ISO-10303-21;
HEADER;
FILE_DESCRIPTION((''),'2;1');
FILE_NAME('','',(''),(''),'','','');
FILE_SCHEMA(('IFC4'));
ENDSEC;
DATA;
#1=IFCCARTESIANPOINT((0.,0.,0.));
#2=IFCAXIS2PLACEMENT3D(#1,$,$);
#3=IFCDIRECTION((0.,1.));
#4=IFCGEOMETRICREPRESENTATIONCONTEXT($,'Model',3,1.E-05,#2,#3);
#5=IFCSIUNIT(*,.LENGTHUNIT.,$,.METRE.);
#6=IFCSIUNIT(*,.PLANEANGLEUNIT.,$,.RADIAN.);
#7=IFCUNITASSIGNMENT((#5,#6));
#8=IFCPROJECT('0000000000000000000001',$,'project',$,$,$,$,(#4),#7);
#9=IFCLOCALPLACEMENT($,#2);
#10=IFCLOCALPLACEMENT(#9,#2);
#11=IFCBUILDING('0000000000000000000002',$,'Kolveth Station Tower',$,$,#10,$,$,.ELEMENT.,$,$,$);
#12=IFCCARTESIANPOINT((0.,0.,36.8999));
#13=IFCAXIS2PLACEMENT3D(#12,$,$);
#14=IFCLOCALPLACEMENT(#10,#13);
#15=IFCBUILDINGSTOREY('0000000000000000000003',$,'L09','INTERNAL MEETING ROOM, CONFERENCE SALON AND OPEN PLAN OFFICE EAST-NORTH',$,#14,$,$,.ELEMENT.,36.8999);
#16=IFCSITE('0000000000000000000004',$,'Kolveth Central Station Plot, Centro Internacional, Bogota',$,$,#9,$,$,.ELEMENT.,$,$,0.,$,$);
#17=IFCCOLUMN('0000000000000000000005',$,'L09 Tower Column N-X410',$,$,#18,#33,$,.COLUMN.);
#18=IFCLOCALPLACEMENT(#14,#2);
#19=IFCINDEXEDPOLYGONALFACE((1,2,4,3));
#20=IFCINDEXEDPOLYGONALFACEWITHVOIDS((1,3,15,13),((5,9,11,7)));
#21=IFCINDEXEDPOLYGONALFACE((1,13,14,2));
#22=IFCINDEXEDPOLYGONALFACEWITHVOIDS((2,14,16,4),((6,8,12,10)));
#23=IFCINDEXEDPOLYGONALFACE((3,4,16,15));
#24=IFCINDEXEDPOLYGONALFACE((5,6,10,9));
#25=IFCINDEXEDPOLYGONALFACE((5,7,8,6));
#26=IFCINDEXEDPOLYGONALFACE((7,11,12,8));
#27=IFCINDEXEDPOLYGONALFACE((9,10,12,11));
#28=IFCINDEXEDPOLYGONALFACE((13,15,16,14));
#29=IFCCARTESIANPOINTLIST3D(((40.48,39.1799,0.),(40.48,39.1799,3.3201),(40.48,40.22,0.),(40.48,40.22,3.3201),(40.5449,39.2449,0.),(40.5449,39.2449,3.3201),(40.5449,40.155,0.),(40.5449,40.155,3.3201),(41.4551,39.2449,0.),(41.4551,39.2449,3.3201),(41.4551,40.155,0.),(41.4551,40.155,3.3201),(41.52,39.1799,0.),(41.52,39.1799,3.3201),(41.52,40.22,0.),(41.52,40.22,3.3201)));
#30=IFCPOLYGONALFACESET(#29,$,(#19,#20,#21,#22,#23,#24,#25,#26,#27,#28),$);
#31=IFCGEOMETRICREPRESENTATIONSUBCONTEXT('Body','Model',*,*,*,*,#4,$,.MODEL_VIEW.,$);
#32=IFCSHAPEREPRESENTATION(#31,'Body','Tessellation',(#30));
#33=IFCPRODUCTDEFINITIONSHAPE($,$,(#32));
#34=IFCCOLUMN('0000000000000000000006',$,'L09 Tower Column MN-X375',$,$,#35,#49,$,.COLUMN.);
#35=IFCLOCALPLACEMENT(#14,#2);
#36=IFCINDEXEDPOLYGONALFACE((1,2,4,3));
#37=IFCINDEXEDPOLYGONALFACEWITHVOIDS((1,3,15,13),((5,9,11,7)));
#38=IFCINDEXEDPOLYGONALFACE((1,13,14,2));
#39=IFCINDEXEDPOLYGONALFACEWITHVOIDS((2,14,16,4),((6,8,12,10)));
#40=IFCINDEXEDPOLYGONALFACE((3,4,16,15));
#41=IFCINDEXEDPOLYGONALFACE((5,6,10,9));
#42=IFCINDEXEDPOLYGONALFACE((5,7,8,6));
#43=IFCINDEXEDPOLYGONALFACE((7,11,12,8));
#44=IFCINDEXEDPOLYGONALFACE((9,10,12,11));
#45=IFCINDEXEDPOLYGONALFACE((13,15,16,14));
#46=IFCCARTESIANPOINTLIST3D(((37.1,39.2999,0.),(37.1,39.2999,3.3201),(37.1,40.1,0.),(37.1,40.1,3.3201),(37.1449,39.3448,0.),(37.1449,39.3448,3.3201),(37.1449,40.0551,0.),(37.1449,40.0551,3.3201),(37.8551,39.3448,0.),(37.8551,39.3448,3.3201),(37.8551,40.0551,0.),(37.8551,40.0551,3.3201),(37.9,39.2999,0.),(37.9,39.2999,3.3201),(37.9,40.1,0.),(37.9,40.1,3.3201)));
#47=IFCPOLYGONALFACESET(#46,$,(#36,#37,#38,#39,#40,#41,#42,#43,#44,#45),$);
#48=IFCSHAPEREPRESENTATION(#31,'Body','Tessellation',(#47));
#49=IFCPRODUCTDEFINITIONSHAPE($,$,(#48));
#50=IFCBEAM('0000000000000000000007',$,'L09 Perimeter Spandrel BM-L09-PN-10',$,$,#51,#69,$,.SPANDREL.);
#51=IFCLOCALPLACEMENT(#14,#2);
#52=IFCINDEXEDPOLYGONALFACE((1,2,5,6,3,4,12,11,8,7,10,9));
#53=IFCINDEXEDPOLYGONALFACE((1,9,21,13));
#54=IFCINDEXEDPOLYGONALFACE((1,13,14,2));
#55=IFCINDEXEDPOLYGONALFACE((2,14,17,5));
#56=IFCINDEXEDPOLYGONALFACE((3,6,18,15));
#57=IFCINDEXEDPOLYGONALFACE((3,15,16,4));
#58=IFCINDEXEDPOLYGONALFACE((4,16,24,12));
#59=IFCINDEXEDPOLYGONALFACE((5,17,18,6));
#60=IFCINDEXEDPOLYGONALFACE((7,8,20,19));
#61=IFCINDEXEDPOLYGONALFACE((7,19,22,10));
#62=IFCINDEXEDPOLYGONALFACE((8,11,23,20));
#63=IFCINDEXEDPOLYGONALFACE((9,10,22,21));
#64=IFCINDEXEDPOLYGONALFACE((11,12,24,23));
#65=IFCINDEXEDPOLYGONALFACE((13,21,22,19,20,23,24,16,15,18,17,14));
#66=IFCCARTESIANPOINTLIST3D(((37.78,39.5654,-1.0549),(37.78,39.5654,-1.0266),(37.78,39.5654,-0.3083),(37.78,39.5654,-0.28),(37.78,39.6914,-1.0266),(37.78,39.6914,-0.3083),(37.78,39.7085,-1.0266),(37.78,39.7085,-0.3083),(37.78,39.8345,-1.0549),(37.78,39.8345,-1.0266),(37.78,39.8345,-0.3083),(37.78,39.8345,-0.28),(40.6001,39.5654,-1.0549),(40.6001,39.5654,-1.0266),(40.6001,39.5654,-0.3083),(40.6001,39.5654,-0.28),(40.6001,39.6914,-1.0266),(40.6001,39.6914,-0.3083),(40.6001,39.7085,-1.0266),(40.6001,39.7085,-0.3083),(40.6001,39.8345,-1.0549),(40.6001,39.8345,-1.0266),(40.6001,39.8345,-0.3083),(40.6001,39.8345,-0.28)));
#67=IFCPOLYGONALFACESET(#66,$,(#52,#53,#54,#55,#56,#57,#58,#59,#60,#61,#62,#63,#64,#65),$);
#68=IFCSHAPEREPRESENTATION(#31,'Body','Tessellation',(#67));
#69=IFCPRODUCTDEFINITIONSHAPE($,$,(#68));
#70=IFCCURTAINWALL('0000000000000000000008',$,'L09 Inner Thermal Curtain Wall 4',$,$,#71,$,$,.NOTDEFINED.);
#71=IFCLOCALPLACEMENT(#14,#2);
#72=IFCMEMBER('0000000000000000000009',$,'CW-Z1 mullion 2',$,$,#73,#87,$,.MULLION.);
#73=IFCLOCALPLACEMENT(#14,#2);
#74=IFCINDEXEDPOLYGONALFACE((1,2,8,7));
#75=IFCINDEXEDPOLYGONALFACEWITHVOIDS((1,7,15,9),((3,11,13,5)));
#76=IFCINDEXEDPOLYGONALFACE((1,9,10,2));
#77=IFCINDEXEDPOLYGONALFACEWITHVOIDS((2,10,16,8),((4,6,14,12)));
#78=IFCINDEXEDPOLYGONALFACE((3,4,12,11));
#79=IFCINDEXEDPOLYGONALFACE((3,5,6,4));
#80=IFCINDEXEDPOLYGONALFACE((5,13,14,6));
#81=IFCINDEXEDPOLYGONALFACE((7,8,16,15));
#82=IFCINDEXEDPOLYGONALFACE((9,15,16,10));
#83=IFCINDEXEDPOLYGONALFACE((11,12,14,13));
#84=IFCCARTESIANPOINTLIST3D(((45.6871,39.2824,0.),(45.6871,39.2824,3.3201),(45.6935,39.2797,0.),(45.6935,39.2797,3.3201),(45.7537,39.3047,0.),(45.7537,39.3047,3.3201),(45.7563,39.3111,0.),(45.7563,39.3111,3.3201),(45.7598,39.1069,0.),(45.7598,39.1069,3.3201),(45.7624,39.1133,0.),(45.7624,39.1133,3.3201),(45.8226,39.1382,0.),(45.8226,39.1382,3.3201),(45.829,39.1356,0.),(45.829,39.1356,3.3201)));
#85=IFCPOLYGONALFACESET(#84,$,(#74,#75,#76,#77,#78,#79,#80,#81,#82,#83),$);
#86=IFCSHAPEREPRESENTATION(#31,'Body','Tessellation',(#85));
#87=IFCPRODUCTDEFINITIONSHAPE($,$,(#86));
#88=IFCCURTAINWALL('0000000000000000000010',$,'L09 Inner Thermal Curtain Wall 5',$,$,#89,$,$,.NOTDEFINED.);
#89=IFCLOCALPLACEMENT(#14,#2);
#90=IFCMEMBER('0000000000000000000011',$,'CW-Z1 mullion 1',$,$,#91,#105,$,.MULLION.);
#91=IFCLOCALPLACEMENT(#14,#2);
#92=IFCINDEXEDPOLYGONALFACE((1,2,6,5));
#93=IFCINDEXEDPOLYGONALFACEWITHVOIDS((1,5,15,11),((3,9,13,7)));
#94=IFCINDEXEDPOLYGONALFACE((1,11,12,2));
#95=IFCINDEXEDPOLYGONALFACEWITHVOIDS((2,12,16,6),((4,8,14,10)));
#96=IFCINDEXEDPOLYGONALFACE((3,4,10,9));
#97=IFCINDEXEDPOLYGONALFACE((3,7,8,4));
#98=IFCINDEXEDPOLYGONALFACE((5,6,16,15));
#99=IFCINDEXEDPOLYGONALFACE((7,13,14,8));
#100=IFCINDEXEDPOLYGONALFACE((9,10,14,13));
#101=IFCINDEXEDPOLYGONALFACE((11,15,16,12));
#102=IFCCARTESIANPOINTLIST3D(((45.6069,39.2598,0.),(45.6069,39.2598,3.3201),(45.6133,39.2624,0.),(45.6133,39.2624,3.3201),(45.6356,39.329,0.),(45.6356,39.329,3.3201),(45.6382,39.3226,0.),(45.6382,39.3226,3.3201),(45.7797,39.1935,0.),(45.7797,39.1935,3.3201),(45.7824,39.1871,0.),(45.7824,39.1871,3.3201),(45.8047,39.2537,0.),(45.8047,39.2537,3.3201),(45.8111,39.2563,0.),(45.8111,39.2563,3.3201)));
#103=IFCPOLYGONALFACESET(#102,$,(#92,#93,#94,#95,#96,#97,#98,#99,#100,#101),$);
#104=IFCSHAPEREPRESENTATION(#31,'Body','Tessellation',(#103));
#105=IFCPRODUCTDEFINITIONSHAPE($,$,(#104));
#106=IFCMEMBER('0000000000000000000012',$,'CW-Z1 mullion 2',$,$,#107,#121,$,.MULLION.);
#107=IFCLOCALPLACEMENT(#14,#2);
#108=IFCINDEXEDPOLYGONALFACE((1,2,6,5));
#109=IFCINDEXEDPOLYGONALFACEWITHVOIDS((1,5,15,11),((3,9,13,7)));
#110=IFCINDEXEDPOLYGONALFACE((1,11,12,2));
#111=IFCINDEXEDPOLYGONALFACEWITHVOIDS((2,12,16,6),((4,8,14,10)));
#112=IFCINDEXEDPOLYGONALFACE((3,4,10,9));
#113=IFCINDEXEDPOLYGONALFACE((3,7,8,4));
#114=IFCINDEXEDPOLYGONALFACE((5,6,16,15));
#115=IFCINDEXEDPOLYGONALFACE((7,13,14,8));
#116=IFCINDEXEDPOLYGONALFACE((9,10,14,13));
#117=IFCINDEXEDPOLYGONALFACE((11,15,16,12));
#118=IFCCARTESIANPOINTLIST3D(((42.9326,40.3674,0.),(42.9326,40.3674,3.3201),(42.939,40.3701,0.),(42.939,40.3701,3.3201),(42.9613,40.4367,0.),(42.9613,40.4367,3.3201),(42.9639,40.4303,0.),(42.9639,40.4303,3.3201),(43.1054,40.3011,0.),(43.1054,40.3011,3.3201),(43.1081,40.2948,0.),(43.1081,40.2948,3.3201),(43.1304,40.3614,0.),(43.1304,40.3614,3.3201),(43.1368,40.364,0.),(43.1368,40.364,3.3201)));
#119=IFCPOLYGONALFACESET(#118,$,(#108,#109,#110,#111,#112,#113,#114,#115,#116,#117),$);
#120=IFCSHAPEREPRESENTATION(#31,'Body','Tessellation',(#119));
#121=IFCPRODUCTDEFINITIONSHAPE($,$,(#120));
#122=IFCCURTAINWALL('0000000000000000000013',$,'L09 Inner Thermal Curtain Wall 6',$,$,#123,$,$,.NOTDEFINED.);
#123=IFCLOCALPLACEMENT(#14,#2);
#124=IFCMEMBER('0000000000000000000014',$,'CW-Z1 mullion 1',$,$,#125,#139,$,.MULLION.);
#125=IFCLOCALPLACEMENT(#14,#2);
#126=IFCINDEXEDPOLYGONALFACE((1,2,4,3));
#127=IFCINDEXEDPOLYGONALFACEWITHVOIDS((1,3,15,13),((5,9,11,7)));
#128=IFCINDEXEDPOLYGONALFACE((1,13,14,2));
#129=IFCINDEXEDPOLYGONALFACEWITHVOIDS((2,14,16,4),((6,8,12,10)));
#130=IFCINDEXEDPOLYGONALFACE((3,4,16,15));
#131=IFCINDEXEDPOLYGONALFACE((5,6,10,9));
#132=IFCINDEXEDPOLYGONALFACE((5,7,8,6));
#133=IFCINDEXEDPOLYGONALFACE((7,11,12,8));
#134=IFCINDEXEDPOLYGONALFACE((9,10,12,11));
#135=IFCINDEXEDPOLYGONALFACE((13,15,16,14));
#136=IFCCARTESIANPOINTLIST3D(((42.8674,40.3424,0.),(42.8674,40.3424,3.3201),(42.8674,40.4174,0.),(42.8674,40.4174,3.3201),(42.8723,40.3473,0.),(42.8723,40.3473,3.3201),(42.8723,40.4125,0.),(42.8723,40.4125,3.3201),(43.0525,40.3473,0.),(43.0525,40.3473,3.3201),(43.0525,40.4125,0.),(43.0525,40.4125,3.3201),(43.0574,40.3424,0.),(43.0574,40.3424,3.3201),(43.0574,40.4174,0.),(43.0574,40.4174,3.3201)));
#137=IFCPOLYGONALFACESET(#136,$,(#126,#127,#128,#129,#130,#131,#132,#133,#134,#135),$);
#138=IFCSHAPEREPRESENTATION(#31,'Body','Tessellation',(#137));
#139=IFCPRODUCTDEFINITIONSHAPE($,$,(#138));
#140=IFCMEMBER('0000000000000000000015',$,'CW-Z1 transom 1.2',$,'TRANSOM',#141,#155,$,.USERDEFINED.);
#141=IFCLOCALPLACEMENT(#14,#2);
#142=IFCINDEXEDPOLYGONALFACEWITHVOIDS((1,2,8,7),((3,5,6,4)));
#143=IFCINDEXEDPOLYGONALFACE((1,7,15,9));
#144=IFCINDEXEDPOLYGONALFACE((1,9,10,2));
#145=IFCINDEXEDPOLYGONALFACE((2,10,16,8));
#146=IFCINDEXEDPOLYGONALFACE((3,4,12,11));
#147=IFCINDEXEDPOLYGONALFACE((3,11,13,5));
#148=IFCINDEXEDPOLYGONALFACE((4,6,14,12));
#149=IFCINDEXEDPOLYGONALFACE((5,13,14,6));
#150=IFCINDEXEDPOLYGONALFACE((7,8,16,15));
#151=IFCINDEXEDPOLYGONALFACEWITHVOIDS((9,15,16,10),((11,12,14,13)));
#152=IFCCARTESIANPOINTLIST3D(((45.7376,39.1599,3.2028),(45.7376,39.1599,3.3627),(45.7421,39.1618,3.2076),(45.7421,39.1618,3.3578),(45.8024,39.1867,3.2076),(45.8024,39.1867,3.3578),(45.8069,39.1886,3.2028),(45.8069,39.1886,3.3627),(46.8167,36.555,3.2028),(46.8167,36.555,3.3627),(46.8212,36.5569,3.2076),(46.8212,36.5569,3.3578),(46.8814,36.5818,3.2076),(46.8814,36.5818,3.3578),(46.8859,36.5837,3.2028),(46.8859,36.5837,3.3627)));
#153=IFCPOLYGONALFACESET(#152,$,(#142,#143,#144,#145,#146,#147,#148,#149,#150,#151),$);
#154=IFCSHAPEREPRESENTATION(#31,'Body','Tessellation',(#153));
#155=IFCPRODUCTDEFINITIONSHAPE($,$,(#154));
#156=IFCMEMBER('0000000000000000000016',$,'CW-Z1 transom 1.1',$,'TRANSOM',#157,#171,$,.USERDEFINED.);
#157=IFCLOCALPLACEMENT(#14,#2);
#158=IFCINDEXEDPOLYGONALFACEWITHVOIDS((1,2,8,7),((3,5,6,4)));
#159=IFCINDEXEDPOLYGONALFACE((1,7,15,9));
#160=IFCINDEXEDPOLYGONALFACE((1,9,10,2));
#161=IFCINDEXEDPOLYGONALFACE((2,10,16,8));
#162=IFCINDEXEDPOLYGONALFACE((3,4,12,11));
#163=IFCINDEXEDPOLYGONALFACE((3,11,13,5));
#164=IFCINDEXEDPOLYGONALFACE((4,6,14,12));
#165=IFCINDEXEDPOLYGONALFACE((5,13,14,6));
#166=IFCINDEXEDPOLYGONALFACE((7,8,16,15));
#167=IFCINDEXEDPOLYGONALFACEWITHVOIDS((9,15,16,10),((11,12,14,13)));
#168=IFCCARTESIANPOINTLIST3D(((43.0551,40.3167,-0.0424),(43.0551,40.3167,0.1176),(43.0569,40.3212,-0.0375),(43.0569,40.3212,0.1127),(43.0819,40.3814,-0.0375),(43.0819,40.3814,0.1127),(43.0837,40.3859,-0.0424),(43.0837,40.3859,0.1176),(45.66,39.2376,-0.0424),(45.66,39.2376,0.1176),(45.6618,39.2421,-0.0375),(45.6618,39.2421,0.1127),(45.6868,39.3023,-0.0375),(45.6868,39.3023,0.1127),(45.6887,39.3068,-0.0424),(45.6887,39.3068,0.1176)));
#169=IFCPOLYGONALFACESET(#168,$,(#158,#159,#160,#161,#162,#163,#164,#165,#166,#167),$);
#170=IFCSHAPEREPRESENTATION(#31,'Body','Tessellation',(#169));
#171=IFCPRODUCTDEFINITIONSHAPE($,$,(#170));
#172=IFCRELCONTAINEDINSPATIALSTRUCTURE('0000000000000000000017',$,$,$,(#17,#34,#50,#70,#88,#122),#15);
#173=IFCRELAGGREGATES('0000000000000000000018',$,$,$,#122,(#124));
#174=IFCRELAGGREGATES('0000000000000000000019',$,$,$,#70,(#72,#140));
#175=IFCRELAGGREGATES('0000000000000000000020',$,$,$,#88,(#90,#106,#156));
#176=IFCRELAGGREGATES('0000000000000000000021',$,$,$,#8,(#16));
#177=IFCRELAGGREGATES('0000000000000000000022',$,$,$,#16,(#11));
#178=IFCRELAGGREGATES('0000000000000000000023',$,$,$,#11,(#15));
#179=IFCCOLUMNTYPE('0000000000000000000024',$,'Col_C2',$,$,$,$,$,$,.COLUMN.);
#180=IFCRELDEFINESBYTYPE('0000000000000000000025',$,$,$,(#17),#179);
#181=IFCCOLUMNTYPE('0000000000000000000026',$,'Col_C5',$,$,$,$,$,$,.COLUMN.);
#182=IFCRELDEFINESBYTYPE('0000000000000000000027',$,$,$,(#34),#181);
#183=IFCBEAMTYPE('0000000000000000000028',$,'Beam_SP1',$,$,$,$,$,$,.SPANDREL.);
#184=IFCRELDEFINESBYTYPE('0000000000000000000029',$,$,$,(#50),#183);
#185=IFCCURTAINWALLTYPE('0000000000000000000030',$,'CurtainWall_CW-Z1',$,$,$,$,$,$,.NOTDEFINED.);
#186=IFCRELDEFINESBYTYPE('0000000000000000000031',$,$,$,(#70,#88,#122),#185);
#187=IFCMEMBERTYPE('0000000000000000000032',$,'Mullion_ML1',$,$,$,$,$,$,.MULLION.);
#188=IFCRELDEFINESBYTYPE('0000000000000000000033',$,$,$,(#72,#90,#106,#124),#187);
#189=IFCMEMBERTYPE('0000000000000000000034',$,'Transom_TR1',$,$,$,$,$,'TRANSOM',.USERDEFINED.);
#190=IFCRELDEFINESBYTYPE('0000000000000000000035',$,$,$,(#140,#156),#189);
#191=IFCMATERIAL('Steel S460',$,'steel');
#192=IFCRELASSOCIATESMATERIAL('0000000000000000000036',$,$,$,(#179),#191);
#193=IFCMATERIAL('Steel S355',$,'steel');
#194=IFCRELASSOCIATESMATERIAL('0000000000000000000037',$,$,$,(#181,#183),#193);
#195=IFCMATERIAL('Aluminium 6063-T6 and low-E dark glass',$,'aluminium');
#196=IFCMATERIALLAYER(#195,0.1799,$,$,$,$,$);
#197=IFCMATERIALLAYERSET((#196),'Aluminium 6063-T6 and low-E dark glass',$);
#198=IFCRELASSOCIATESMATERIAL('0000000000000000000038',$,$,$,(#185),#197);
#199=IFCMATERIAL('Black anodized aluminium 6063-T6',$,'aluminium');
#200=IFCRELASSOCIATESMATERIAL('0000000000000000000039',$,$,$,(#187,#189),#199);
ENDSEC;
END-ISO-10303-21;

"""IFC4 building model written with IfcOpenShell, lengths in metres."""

from ifc_helpers import new_model, si_unit, direction, frame, origin, origin_2d, place, context, subcontext, project, spatial, hollow_rectangle, i_section, extrude, source, transform, mapped, material, layer, layer_set, material_profile, profile_set, type_object, element, aggregate, save


model = new_model("IFC4")

# Units and contexts
model_context = context("Model", 3, precision=1e-05, world=origin(), true_north=direction((0.0, 1.0)))
body_context = subcontext(model_context, "Body", "Model", "MODEL_VIEW")
ifc_project = project(units=[si_unit("LENGTHUNIT", "METRE"), si_unit("PLANEANGLEUNIT", "RADIAN")], contexts=[model_context])

# Site, building, storey
site_placement = place(None, origin())
site = spatial("IfcSite", under=ifc_project, at=site_placement, Name="Kolveth Central Station Plot, Centro Internacional, Bogota", CompositionType="ELEMENT", RefElevation=0.0)
building_placement = place(site_placement, origin())
building = spatial("IfcBuilding", under=site, at=building_placement, Name="Kolveth Station Tower", CompositionType="ELEMENT")
storey_placement = place(building_placement, frame((0.0, 0.0, 36.8999)))
storey = spatial("IfcBuildingStorey", under=building, at=storey_placement, Name="L09", Description="INTERNAL MEETING ROOM, CONFERENCE SALON AND OPEN PLAN OFFICE EAST-NORTH", CompositionType="ELEMENT", Elevation=36.8999)

# Columns
ifc_material_1 = material(Name="Steel S460", Category="steel")
ifc_material_profile_1 = material_profile(ifc_material_1, hollow_rectangle(XDim=1.04, YDim=1.04, WallThickness=0.0649, at=origin_2d()), Name="BOX1040x1040x65")
ifc_profile_set_1 = profile_set([ifc_material_profile_1], Name="Steel S460")
column_type_1 = type_object("IfcColumnType", Name="Col_C2", PredefinedType="COLUMN", material=ifc_profile_set_1)
shared_shape_1 = source(origin(), body_context, "Body", "SweptSolid", [
    extrude(hollow_rectangle(XDim=1.04, YDim=1.04, WallThickness=0.0649, at=origin_2d()), origin(), (0.0, 0.0, 1.0), 3.3201),
])
column_1_placement = place(storey_placement, frame((41.0, 39.7, 0.0), z_axis=(0.0, 0.0, 1.0), x_axis=(1.0, 0.0, 0.0)))
element("IfcColumn", 1, at=column_1_placement, inside=storey, type_object=column_type_1, Name="L09 Tower Column N-X410", PredefinedType="COLUMN", context=body_context, shape_type="MappedRepresentation", body=[
    mapped(shared_shape_1, transform((0.0, 0.0, 0.0), x_axis=(1.0, 0.0, 0.0), y_axis=(0.0, 1.0, 0.0), z_axis=(0.0, 0.0, 1.0), scale=1.0)),
])
ifc_material_2 = material(Name="Steel S355", Category="steel")
ifc_material_profile_2 = material_profile(ifc_material_2, hollow_rectangle(XDim=0.8, YDim=0.8, WallThickness=0.0449, at=origin_2d()), Name="BOX800x800x45")
ifc_profile_set_2 = profile_set([ifc_material_profile_2], Name="Steel S355")
column_type_2 = type_object("IfcColumnType", Name="Col_C5", PredefinedType="COLUMN", material=ifc_profile_set_2)
shared_shape_2 = source(origin(), body_context, "Body", "SweptSolid", [
    extrude(hollow_rectangle(XDim=0.8, YDim=0.8, WallThickness=0.0449, at=origin_2d()), origin(), (0.0, 0.0, 1.0), 3.3201),
])
column_2_placement = place(storey_placement, frame((37.5, 39.7, 0.0), z_axis=(0.0, 0.0, 1.0), x_axis=(1.0, 0.0, 0.0)))
element("IfcColumn", 2, at=column_2_placement, inside=storey, type_object=column_type_2, Name="L09 Tower Column MN-X375", PredefinedType="COLUMN", context=body_context, shape_type="MappedRepresentation", body=[
    mapped(shared_shape_2, transform((0.0, 0.0, 0.0), x_axis=(1.0, 0.0, 0.0), y_axis=(0.0, 1.0, 0.0), z_axis=(0.0, 0.0, 1.0), scale=1.0)),
])

# Beam
ifc_material_profile_3 = material_profile(ifc_material_2, i_section(OverallWidth=0.269, OverallDepth=0.7749, WebThickness=0.0171, FlangeThickness=0.0283, at=origin_2d()), Name="W760x220")
ifc_profile_set_3 = profile_set([ifc_material_profile_3], Name="Steel S355")
beam_type = type_object("IfcBeamType", Name="Beam_SP1", PredefinedType="SPANDREL", material=ifc_profile_set_3)
shared_shape_3 = source(origin(), body_context, "Body", "SweptSolid", [
    extrude(i_section(OverallWidth=0.269, OverallDepth=0.7749, WebThickness=0.0171, FlangeThickness=0.0283, at=origin_2d()), origin(), (0.0, 0.0, 1.0), 2.8201),
])
beam_placement = place(storey_placement, frame((37.78, 39.7, -0.6675), z_axis=(1.0, 0.0, 0.0), x_axis=(0.0, 1.0, 0.0)))
element("IfcBeam", 3, at=beam_placement, inside=storey, type_object=beam_type, Name="L09 Perimeter Spandrel BM-L09-PN-10", PredefinedType="SPANDREL", context=body_context, shape_type="MappedRepresentation", body=[
    mapped(shared_shape_3, transform((0.0, 0.0, 0.0), x_axis=(1.0, 0.0, 0.0), y_axis=(0.0, 1.0, 0.0), z_axis=(0.0, 0.0, 1.0), scale=1.0)),
])

# Curtain wall, member
ifc_material_3 = material(Name="Aluminium 6063-T6 and low-E dark glass", Category="aluminium")
ifc_layer_1 = layer(ifc_material_3, 0.1799)
ifc_layer_set_1 = layer_set([ifc_layer_1], Name="Aluminium 6063-T6 and low-E dark glass")
curtain_wall_type_1 = type_object("IfcCurtainWallType", Name="CurtainWall_CW-Z1", PredefinedType="NOTDEFINED", material=ifc_layer_set_1)
curtain_wall_1_placement = place(storey_placement, origin())
curtain_wall_1 = element("IfcCurtainWall", 4, at=curtain_wall_1_placement, inside=storey, type_object=curtain_wall_type_1, Name="L09 Inner Thermal Curtain Wall 4", PredefinedType="NOTDEFINED")
ifc_material_4 = material(Name="Black anodized aluminium 6063-T6", Category="aluminium")
ifc_material_profile_4 = material_profile(ifc_material_4, hollow_rectangle(XDim=0.075, YDim=0.1899, WallThickness=0.0049, at=origin_2d()), Name="ALU-75x190x5")
ifc_profile_set_4 = profile_set([ifc_material_profile_4], Name="Black anodized aluminium 6063-T6")
member_type_1 = type_object("IfcMemberType", Name="Mullion_ML1", PredefinedType="MULLION", material=ifc_profile_set_4)
shared_shape_4 = source(origin(), body_context, "Body", "SweptSolid", [
    extrude(hollow_rectangle(XDim=0.075, YDim=0.1899, WallThickness=0.0049, at=origin_2d()), origin(), (0.0, 0.0, 1.0), 3.3201),
])
member_1_placement = place(storey_placement, frame((45.7581, 39.209, 0.0), z_axis=(0.0, 0.0, 1.0), x_axis=(-0.923884, -0.382673, 0.0)))
member_1 = element("IfcMember", 5, at=member_1_placement, type_object=member_type_1, Name="CW-Z1 mullion 2", PredefinedType="MULLION", context=body_context, shape_type="MappedRepresentation", body=[
    mapped(shared_shape_4, transform((0.0, 0.0, 0.0), x_axis=(1.0, 0.0, 0.0), y_axis=(0.0, 1.0, 0.0), z_axis=(0.0, 0.0, 1.0), scale=1.0)),
])

# Curtain wall, members
curtain_wall_2_placement = place(storey_placement, origin())
curtain_wall_2 = element("IfcCurtainWall", 6, at=curtain_wall_2_placement, inside=storey, type_object=curtain_wall_type_1, Name="L09 Inner Thermal Curtain Wall 5", PredefinedType="NOTDEFINED")
member_2_placement = place(storey_placement, frame((45.709, 39.2581, 0.0), z_axis=(0.0, 0.0, 1.0), x_axis=(-0.382673, -0.923884, 0.0)))
member_2 = element("IfcMember", 7, at=member_2_placement, type_object=member_type_1, Name="CW-Z1 mullion 1", PredefinedType="MULLION", context=body_context, shape_type="MappedRepresentation", body=[
    mapped(shared_shape_4, transform((0.0, 0.0, 0.0), x_axis=(1.0, 0.0, 0.0), y_axis=(0.0, 1.0, 0.0), z_axis=(0.0, 0.0, 1.0), scale=1.0)),
])
member_3_placement = place(storey_placement, frame((43.0347, 40.3657, 0.0), z_axis=(0.0, 0.0, 1.0), x_axis=(-0.382673, -0.923884, 0.0)))
member_3 = element("IfcMember", 8, at=member_3_placement, type_object=member_type_1, Name="CW-Z1 mullion 2", PredefinedType="MULLION", context=body_context, shape_type="MappedRepresentation", body=[
    mapped(shared_shape_4, transform((0.0, 0.0, 0.0), x_axis=(1.0, 0.0, 0.0), y_axis=(0.0, 1.0, 0.0), z_axis=(0.0, 0.0, 1.0), scale=1.0)),
])

# Curtain wall, member
curtain_wall_3_placement = place(storey_placement, origin())
curtain_wall_3 = element("IfcCurtainWall", 9, at=curtain_wall_3_placement, inside=storey, type_object=curtain_wall_type_1, Name="L09 Inner Thermal Curtain Wall 6", PredefinedType="NOTDEFINED")
member_4_placement = place(storey_placement, frame((42.9624, 40.3799, 0.0), z_axis=(0.0, 0.0, 1.0), x_axis=(0.0, -1.0, 0.0)))
member_4 = element("IfcMember", 10, at=member_4_placement, type_object=member_type_1, Name="CW-Z1 mullion 1", PredefinedType="MULLION", context=body_context, shape_type="MappedRepresentation", body=[
    mapped(shared_shape_4, transform((0.0, 0.0, 0.0), x_axis=(1.0, 0.0, 0.0), y_axis=(0.0, 1.0, 0.0), z_axis=(0.0, 0.0, 1.0), scale=1.0)),
])

# Members
ifc_material_profile_5 = material_profile(ifc_material_4, hollow_rectangle(XDim=0.075, YDim=0.1599, WallThickness=0.0049, at=origin_2d()), Name="ALU-75x160x5")
ifc_profile_set_5 = profile_set([ifc_material_profile_5], Name="Black anodized aluminium 6063-T6")
member_type_2 = type_object("IfcMemberType", Name="Transom_TR1", ElementType="TRANSOM", PredefinedType="USERDEFINED", material=ifc_profile_set_5)
shared_shape_5 = source(origin(), body_context, "Body", "SweptSolid", [
    extrude(hollow_rectangle(XDim=0.075, YDim=0.1599, WallThickness=0.0049, at=origin_2d()), origin(), (0.0, 0.0, 1.0), 2.8196),
])
member_5_placement = place(storey_placement, frame((46.8513, 36.5693, 3.2827), z_axis=(-0.382709, 0.923869, 0.0), x_axis=(-0.923869, -0.382709, 0.0)))
member_5 = element("IfcMember", 11, at=member_5_placement, type_object=member_type_2, Name="CW-Z1 transom 1.2", ObjectType="TRANSOM", PredefinedType="USERDEFINED", context=body_context, shape_type="MappedRepresentation", body=[
    mapped(shared_shape_5, transform((0.0, 0.0, 0.0), x_axis=(1.0, 0.0, 0.0), y_axis=(0.0, 1.0, 0.0), z_axis=(0.0, 0.0, 1.0), scale=1.0)),
])
member_6_placement = place(storey_placement, frame((45.6743, 39.2722, 0.0376), z_axis=(-0.923869, 0.382709, 0.0), x_axis=(-0.382709, -0.923869, 0.0)))
member_6 = element("IfcMember", 12, at=member_6_placement, type_object=member_type_2, Name="CW-Z1 transom 1.1", ObjectType="TRANSOM", PredefinedType="USERDEFINED", context=body_context, shape_type="MappedRepresentation", body=[
    mapped(shared_shape_5, transform((0.0, 0.0, 0.0), x_axis=(1.0, 0.0, 0.0), y_axis=(0.0, 1.0, 0.0), z_axis=(0.0, 0.0, 1.0), scale=1.0)),
])
aggregate(curtain_wall_3, [member_4])

aggregate(curtain_wall_1, [member_1, member_5])
aggregate(curtain_wall_2, [member_2, member_3, member_6])

save(model, "model.ifc")
